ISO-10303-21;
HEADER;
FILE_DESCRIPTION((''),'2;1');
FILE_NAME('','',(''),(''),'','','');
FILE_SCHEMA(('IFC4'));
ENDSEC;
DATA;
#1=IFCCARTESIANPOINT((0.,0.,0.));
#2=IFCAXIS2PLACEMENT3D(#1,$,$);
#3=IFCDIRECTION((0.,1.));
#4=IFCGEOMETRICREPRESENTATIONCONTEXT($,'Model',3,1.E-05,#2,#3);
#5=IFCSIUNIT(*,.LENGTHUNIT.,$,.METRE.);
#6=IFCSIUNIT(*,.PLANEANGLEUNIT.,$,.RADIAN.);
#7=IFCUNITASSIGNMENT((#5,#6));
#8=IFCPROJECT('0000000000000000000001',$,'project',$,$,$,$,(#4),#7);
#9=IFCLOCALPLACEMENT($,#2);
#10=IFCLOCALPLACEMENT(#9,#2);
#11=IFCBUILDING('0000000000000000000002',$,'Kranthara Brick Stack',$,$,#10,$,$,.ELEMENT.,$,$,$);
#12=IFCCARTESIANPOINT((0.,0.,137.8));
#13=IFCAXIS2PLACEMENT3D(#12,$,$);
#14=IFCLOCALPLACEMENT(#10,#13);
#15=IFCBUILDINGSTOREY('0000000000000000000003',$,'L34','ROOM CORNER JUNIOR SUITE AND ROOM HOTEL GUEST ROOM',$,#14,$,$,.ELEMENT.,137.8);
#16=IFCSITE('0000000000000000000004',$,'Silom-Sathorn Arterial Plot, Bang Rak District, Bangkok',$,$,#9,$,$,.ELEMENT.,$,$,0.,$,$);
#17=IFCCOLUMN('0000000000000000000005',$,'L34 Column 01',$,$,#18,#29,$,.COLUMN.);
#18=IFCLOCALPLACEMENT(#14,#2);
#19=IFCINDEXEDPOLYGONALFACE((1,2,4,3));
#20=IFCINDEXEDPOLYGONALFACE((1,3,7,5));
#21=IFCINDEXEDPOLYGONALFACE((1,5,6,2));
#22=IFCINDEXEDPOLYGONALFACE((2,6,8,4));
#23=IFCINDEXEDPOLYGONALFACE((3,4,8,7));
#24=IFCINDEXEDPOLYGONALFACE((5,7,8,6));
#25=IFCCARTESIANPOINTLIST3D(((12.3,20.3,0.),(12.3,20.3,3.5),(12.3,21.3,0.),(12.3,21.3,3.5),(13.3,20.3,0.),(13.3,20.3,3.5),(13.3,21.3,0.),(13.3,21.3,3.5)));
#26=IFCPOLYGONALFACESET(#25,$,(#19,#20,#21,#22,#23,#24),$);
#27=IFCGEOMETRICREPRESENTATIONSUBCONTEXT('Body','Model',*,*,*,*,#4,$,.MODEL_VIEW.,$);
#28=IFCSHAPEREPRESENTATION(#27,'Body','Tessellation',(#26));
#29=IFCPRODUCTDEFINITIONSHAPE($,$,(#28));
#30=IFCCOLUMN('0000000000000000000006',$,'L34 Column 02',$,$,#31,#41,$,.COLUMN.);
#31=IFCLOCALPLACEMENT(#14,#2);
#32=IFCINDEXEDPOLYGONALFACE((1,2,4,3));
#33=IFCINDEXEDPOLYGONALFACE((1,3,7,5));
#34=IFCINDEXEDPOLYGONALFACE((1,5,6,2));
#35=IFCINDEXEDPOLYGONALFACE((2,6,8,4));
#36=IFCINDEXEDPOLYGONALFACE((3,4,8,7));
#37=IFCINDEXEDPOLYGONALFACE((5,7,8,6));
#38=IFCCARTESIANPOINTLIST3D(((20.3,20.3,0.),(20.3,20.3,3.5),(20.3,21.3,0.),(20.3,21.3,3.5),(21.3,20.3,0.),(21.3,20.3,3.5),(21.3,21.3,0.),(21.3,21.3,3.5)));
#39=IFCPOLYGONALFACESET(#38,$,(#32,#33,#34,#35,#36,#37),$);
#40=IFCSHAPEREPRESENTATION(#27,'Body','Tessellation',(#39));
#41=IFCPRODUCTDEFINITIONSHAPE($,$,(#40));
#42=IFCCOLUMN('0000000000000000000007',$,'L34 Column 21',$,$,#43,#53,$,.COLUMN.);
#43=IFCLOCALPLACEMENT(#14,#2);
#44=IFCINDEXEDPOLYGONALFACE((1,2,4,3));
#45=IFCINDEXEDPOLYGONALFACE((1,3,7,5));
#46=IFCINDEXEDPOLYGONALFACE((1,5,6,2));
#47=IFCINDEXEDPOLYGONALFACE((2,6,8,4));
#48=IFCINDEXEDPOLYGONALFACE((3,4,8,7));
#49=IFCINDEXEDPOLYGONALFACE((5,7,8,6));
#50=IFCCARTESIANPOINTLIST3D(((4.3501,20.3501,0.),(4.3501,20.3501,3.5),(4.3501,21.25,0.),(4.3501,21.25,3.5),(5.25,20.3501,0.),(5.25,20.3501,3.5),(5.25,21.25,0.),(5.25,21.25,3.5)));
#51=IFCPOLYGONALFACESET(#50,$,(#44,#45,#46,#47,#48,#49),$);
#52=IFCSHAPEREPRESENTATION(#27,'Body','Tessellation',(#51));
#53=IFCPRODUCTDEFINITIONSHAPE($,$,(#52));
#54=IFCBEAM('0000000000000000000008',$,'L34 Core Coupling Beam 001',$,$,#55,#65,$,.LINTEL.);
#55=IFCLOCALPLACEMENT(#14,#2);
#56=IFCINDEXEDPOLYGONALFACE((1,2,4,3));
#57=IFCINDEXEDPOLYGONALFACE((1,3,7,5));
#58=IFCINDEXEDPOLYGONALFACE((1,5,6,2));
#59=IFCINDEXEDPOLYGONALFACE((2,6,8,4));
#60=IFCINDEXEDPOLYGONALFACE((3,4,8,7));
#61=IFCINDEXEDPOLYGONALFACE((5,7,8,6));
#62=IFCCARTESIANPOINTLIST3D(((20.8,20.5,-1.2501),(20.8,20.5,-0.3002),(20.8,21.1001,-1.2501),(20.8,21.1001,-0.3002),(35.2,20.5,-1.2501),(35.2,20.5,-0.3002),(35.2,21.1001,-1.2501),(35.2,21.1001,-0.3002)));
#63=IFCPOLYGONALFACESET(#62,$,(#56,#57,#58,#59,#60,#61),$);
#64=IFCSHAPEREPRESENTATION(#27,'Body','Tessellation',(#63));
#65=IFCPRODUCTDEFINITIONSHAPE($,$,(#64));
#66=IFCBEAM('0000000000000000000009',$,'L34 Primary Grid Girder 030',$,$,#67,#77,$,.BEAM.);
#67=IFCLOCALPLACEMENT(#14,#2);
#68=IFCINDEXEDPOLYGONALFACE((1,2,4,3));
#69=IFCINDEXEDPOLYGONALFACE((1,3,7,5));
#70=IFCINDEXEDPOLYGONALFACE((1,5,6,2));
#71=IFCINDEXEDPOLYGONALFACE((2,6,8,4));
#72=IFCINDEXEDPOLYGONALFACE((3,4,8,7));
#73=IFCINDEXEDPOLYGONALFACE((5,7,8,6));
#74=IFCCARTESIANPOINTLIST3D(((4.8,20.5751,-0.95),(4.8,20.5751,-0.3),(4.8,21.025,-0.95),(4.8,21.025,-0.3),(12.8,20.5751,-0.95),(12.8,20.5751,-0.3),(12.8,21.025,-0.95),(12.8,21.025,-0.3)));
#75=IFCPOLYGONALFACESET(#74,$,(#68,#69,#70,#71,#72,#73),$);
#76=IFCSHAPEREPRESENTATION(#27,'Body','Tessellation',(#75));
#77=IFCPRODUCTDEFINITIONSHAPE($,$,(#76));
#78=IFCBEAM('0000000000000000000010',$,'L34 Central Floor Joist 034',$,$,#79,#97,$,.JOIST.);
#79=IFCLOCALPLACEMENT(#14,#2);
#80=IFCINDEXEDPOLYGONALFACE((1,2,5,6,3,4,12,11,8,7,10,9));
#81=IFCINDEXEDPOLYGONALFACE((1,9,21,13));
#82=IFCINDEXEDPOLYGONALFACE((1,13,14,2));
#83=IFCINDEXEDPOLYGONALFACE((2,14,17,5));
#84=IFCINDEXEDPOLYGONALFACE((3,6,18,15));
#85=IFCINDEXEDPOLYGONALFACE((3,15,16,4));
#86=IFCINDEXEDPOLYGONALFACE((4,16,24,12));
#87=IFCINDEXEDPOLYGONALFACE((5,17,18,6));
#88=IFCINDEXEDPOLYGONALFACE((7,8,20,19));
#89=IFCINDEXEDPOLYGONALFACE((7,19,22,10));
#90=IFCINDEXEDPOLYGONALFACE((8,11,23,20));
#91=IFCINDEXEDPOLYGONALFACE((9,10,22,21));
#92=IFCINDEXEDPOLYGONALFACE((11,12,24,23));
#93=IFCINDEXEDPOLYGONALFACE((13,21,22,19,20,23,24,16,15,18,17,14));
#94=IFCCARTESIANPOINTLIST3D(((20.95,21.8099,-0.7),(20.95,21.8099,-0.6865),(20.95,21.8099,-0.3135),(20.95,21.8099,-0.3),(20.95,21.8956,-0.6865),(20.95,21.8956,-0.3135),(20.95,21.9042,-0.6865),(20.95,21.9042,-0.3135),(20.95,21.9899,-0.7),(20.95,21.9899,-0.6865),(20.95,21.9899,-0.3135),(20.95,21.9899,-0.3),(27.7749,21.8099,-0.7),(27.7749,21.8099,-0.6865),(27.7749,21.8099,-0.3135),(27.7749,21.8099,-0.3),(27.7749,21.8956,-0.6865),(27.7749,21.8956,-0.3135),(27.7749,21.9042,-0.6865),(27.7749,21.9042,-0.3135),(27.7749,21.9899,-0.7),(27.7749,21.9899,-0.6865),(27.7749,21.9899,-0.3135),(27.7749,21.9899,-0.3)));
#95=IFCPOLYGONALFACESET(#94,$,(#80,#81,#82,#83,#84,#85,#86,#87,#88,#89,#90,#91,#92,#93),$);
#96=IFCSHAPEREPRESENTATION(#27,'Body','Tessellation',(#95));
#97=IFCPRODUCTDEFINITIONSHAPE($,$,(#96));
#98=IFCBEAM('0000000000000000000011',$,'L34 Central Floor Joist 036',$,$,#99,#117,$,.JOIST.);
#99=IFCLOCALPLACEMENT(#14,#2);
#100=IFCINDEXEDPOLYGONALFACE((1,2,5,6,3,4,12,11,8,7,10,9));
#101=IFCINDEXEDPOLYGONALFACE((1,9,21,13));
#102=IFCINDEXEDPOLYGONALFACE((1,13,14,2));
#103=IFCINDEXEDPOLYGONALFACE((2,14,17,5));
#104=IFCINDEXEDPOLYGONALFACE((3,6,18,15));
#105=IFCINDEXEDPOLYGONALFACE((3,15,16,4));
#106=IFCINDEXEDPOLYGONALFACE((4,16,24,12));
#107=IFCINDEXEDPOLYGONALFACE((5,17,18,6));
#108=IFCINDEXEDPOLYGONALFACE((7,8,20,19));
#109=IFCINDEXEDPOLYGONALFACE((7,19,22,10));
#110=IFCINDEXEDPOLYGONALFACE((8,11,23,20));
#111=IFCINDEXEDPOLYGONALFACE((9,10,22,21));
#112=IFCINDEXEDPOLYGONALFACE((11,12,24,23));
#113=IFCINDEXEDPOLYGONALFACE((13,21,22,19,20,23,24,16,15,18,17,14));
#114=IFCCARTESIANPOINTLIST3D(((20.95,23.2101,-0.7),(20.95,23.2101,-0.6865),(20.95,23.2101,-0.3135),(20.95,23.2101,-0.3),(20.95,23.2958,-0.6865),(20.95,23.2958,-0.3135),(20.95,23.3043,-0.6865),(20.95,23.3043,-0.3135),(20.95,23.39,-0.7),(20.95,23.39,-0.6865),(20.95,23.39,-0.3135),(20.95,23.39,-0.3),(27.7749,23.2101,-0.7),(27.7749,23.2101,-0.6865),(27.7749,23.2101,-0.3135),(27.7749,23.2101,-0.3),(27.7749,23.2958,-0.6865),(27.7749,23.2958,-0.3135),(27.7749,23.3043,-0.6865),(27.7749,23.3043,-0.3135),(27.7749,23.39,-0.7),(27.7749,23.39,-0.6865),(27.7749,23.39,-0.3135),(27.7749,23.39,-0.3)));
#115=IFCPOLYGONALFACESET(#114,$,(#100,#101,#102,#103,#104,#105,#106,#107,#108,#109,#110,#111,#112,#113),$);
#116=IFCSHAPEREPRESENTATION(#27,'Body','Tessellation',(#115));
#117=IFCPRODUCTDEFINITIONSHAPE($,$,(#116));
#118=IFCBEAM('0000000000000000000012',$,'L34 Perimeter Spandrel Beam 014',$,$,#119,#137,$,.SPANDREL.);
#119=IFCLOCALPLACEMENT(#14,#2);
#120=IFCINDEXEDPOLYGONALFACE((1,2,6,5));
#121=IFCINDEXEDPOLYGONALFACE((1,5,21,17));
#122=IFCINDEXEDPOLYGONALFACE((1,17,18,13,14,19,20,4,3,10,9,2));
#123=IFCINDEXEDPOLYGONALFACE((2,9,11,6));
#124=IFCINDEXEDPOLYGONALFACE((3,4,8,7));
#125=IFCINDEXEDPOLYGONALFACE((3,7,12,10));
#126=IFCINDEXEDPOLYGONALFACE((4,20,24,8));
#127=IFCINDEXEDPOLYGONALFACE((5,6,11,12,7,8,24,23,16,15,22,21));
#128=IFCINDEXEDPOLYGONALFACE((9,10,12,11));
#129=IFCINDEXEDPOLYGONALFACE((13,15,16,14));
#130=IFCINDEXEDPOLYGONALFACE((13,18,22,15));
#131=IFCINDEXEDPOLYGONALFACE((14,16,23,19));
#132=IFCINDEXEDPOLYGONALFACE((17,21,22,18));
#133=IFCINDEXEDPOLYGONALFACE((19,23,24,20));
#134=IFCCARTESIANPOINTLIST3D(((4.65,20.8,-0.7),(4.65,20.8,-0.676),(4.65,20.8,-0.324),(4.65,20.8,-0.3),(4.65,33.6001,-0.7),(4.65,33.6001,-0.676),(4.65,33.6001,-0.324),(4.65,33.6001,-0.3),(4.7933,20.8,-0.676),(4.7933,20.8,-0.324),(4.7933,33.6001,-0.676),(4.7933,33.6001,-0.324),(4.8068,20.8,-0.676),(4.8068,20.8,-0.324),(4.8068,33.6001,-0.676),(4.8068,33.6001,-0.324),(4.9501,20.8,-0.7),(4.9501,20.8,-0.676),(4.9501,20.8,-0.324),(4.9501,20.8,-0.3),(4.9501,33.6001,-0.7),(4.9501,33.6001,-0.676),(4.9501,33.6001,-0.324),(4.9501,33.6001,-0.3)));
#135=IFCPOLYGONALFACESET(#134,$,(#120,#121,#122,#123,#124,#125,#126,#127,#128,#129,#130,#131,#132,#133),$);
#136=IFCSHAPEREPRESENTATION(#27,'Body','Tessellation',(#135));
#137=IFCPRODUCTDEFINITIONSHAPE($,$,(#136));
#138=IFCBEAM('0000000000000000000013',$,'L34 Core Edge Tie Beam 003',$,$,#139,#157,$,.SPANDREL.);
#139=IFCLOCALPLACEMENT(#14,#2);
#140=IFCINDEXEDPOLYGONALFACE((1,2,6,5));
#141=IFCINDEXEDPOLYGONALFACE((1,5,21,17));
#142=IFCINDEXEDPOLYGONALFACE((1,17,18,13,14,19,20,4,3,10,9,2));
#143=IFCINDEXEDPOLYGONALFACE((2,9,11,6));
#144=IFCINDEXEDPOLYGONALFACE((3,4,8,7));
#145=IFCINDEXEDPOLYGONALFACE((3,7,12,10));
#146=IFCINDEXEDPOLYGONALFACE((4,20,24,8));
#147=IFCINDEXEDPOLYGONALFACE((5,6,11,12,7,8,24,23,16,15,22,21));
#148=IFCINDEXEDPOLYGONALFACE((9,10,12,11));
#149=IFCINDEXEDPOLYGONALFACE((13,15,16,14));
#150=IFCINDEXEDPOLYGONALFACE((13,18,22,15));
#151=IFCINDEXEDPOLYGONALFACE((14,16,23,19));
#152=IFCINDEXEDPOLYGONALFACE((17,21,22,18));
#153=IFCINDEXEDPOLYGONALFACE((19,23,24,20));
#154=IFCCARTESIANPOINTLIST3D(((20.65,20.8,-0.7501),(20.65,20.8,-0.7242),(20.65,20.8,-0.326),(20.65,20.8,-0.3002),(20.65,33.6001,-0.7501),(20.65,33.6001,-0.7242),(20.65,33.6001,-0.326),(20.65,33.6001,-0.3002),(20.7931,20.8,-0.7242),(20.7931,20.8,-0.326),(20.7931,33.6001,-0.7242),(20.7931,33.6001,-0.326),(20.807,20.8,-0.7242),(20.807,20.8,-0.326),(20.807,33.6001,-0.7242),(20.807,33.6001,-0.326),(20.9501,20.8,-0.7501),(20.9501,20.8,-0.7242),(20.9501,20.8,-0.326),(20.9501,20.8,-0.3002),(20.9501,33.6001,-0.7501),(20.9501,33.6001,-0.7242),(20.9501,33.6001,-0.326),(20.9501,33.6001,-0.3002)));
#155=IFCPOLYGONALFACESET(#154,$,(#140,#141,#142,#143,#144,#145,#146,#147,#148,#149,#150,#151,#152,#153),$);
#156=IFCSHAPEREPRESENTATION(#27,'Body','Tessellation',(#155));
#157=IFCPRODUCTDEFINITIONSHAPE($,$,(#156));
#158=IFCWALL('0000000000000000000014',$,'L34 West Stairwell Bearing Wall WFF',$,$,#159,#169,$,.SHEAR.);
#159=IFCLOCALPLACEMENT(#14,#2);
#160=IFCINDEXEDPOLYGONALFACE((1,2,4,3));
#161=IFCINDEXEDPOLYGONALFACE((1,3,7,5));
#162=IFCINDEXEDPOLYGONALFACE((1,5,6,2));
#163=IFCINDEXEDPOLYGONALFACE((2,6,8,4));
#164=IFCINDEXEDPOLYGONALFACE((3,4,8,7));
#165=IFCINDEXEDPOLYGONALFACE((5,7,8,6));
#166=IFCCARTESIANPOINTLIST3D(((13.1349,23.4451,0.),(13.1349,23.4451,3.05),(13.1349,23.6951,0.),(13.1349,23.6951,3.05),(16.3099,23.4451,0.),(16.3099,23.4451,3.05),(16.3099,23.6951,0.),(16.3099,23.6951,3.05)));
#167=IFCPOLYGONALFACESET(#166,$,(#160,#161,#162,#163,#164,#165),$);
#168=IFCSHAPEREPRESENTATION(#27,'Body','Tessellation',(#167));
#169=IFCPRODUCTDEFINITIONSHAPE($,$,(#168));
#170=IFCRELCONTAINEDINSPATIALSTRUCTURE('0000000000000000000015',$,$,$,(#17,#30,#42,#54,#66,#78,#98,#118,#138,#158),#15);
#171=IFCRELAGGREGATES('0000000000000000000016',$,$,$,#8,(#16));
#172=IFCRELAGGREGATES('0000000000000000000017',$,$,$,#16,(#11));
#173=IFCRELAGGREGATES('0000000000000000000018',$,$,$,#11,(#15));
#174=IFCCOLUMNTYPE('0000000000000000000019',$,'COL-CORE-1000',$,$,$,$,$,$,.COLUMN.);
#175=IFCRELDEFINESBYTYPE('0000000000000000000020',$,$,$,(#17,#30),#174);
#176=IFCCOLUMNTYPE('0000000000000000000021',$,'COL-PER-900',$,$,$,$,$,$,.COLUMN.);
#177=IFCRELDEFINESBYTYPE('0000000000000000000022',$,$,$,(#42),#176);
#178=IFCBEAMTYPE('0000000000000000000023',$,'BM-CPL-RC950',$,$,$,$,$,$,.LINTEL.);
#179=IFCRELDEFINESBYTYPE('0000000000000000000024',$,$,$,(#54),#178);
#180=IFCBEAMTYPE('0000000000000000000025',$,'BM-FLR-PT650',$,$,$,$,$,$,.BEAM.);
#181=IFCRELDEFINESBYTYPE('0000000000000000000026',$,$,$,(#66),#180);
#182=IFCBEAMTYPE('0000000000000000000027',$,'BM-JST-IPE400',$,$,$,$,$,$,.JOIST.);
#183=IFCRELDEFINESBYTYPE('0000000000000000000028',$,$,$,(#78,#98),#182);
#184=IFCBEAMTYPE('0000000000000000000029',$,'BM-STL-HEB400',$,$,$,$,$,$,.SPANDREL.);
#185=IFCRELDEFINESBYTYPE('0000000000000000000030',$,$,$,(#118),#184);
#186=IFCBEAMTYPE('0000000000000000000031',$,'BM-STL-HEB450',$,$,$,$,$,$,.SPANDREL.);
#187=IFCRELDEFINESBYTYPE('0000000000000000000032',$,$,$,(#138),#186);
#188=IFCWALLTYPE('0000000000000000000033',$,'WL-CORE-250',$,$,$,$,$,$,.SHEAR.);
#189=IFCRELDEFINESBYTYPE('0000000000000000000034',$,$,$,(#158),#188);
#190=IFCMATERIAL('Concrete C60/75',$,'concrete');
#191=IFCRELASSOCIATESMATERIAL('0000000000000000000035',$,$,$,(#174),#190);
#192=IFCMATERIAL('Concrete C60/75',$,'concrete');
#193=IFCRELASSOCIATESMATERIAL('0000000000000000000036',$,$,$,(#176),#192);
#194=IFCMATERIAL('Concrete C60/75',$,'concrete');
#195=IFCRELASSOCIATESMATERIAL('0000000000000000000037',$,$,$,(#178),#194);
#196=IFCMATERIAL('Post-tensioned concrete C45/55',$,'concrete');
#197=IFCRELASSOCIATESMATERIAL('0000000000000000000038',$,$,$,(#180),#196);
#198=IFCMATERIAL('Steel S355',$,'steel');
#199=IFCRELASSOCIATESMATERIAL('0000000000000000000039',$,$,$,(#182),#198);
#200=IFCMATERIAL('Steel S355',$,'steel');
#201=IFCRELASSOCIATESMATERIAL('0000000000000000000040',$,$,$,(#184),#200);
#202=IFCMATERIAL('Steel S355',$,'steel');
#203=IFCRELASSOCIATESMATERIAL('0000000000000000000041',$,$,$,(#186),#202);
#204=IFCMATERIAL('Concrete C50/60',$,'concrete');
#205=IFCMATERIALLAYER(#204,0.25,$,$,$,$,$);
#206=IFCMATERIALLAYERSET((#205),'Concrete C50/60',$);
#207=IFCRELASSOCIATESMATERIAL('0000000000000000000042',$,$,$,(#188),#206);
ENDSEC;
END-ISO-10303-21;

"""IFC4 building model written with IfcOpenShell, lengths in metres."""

from ifc_helpers import new_model, si_unit, direction, frame, frame_2d, origin, origin_2d, place, context, subcontext, project, spatial, rectangle, i_section, extrude, material, layer, layer_set, material_profile, profile_set, type_object, element, save


model = new_model("IFC4")

# Units and contexts
model_context = context("Model", 3, precision=1e-05, world=origin(), true_north=direction((0.0, 1.0)))
body_context = subcontext(model_context, "Body", "Model", "MODEL_VIEW")
ifc_project = project(units=[si_unit("LENGTHUNIT", "METRE"), si_unit("PLANEANGLEUNIT", "RADIAN")], contexts=[model_context])

# Site, building, storey
site_placement = place(None, origin())
site = spatial("IfcSite", under=ifc_project, at=site_placement, Name="Silom-Sathorn Arterial Plot, Bang Rak District, Bangkok", CompositionType="ELEMENT", RefElevation=0.0)
building_placement = place(site_placement, origin())
building = spatial("IfcBuilding", under=site, at=building_placement, Name="Kranthara Brick Stack", CompositionType="ELEMENT")
storey_placement = place(building_placement, frame((0.0, 0.0, 137.8)))
storey = spatial("IfcBuildingStorey", under=building, at=storey_placement, Name="L34", Description="ROOM CORNER JUNIOR SUITE AND ROOM HOTEL GUEST ROOM", CompositionType="ELEMENT", Elevation=137.8)

# Columns
ifc_material_1 = material(Name="Concrete C60/75", Category="concrete")
ifc_material_profile_1 = material_profile(ifc_material_1, rectangle(XDim=1.0, YDim=1.0, at=origin_2d()), Name="RC 1000x1000")
ifc_profile_set_1 = profile_set([ifc_material_profile_1], Name="Concrete C60/75")
column_type_1 = type_object("IfcColumnType", Name="COL-CORE-1000", PredefinedType="COLUMN", material=ifc_profile_set_1)
for number, where, z_axis, x_axis, name in (
    (1, (12.8, 20.8, 0.0), (0.0, 0.0, 1.0), (1.0, 0.0, 0.0), "L34 Column 01"),
    (2, (20.8, 20.8, 0.0), (0.0, 0.0, 1.0), (1.0, 0.0, 0.0), "L34 Column 02"),
):
    element("IfcColumn", number, at=place(storey_placement, frame(where, z_axis=z_axis, x_axis=x_axis)), inside=storey, type_object=column_type_1, Name=name, PredefinedType="COLUMN", context=body_context, shape_type="SweptSolid", body=[
        extrude(rectangle(XDim=1.0, YDim=1.0, at=origin_2d()), origin(), (0.0, 0.0, 1.0), 3.5),
    ])
ifc_material_2 = material(Name="Concrete C60/75", Category="concrete")
ifc_material_profile_2 = material_profile(ifc_material_2, rectangle(XDim=0.8999, YDim=0.8999, at=origin_2d()), Name="RC 900x900")
ifc_profile_set_2 = profile_set([ifc_material_profile_2], Name="Concrete C60/75")
column_type_2 = type_object("IfcColumnType", Name="COL-PER-900", PredefinedType="COLUMN", material=ifc_profile_set_2)
column_placement = place(storey_placement, frame((4.8, 20.8, 0.0), z_axis=(0.0, 0.0, 1.0), x_axis=(1.0, 0.0, 0.0)))
element("IfcColumn", 3, at=column_placement, inside=storey, type_object=column_type_2, Name="L34 Column 21", PredefinedType="COLUMN", context=body_context, shape_type="SweptSolid", body=[
    extrude(rectangle(XDim=0.8999, YDim=0.8999, at=origin_2d()), origin(), (0.0, 0.0, 1.0), 3.5),
])

# Beams
ifc_material_3 = material(Name="Concrete C60/75", Category="concrete")
ifc_material_profile_3 = material_profile(ifc_material_3, rectangle(XDim=0.6001, YDim=0.95, at=origin_2d()), Name="RC 600x950")
ifc_profile_set_3 = profile_set([ifc_material_profile_3], Name="Concrete C60/75")
beam_type_1 = type_object("IfcBeamType", Name="BM-CPL-RC950", PredefinedType="LINTEL", material=ifc_profile_set_3)
beam_1_placement = place(storey_placement, frame((20.8, 20.8, -0.7751), z_axis=(1.0, 0.0, 0.0), x_axis=(0.0, 1.0, 0.0)))
element("IfcBeam", 4, at=beam_1_placement, inside=storey, type_object=beam_type_1, Name="L34 Core Coupling Beam 001", PredefinedType="LINTEL", context=body_context, shape_type="SweptSolid", body=[
    extrude(rectangle(XDim=0.6001, YDim=0.95, at=origin_2d()), origin(), (0.0, 0.0, 1.0), 14.3999),
])
ifc_material_4 = material(Name="Post-tensioned concrete C45/55", Category="concrete")
ifc_material_profile_4 = material_profile(ifc_material_4, rectangle(XDim=0.45, YDim=0.6499, at=origin_2d()), Name="PT 450x650")
ifc_profile_set_4 = profile_set([ifc_material_profile_4], Name="Post-tensioned concrete C45/55")
beam_type_2 = type_object("IfcBeamType", Name="BM-FLR-PT650", PredefinedType="BEAM", material=ifc_profile_set_4)
beam_2_placement = place(storey_placement, frame((4.8, 20.8, -0.625), z_axis=(1.0, 0.0, 0.0), x_axis=(0.0, 1.0, 0.0)))
element("IfcBeam", 5, at=beam_2_placement, inside=storey, type_object=beam_type_2, Name="L34 Primary Grid Girder 030", PredefinedType="BEAM", context=body_context, shape_type="SweptSolid", body=[
    extrude(rectangle(XDim=0.45, YDim=0.6499, at=origin_2d()), origin(), (0.0, 0.0, 1.0), 8.0),
])
ifc_material_5 = material(Name="Steel S355", Category="steel")
ifc_material_profile_5 = material_profile(ifc_material_5, i_section(OverallWidth=0.1799, OverallDepth=0.3999, WebThickness=0.0085, FlangeThickness=0.0134, at=origin_2d()), Name="IPE 400")
ifc_profile_set_5 = profile_set([ifc_material_profile_5], Name="Steel S355")
beam_type_3 = type_object("IfcBeamType", Name="BM-JST-IPE400", PredefinedType="JOIST", material=ifc_profile_set_5)
for number, where, z_axis, x_axis, name in (
    (6, (20.95, 21.8999, -0.5), (1.0, 0.0, 0.0), (0.0, 1.0, 0.0), "L34 Central Floor Joist 034"),
    (7, (20.95, 23.3, -0.5), (1.0, 0.0, 0.0), (0.0, 1.0, 0.0), "L34 Central Floor Joist 036"),
):
    element("IfcBeam", number, at=place(storey_placement, frame(where, z_axis=z_axis, x_axis=x_axis)), inside=storey, type_object=beam_type_3, Name=name, PredefinedType="JOIST", context=body_context, shape_type="SweptSolid", body=[
        extrude(i_section(OverallWidth=0.1799, OverallDepth=0.3999, WebThickness=0.0085, FlangeThickness=0.0134, at=origin_2d()), origin(), (0.0, 0.0, 1.0), 6.825),
    ])
ifc_material_6 = material(Name="Steel S355", Category="steel")
ifc_material_profile_6 = material_profile(ifc_material_6, i_section(OverallWidth=0.3, OverallDepth=0.3999, WebThickness=0.0134, FlangeThickness=0.0239, at=origin_2d()), Name="HEB 400")
ifc_profile_set_6 = profile_set([ifc_material_profile_6], Name="Steel S355")
beam_type_4 = type_object("IfcBeamType", Name="BM-STL-HEB400", PredefinedType="SPANDREL", material=ifc_profile_set_6)
beam_3_placement = place(storey_placement, frame((4.8, 20.8, -0.5), z_axis=(0.0, 1.0, 0.0), x_axis=(-1.0, 0.0, 0.0)))
element("IfcBeam", 8, at=beam_3_placement, inside=storey, type_object=beam_type_4, Name="L34 Perimeter Spandrel Beam 014", PredefinedType="SPANDREL", context=body_context, shape_type="SweptSolid", body=[
    extrude(i_section(OverallWidth=0.3, OverallDepth=0.3999, WebThickness=0.0134, FlangeThickness=0.0239, at=origin_2d()), origin(), (0.0, 0.0, 1.0), 12.8),
])
ifc_material_7 = material(Name="Steel S355", Category="steel")
ifc_material_profile_7 = material_profile(ifc_material_7, i_section(OverallWidth=0.3, OverallDepth=0.45, WebThickness=0.0139, FlangeThickness=0.0259, at=origin_2d()), Name="HEB 450")
ifc_profile_set_7 = profile_set([ifc_material_profile_7], Name="Steel S355")
beam_type_5 = type_object("IfcBeamType", Name="BM-STL-HEB450", PredefinedType="SPANDREL", material=ifc_profile_set_7)
beam_4_placement = place(storey_placement, frame((20.8, 20.8, -0.5251), z_axis=(0.0, 1.0, 0.0), x_axis=(-1.0, 0.0, 0.0)))
element("IfcBeam", 9, at=beam_4_placement, inside=storey, type_object=beam_type_5, Name="L34 Core Edge Tie Beam 003", PredefinedType="SPANDREL", context=body_context, shape_type="SweptSolid", body=[
    extrude(i_section(OverallWidth=0.3, OverallDepth=0.45, WebThickness=0.0139, FlangeThickness=0.0259, at=origin_2d()), origin(), (0.0, 0.0, 1.0), 12.8),
])

# Shared definitions
ifc_material_8 = material(Name="Concrete C50/60", Category="concrete")
ifc_layer_1 = layer(ifc_material_8, 0.25)
ifc_layer_set_1 = layer_set([ifc_layer_1], Name="Concrete C50/60")
wall_type_1 = type_object("IfcWallType", Name="WL-CORE-250", PredefinedType="SHEAR", material=ifc_layer_set_1)

# Wall
wall_1_placement = place(storey_placement, frame((13.135, 23.5701, 0.0), z_axis=(0.0, 0.0, 1.0), x_axis=(1.0, 0.0, 0.0)))
element("IfcWall", 10, at=wall_1_placement, inside=storey, type_object=wall_type_1, Name="L34 West Stairwell Bearing Wall WFF", PredefinedType="SHEAR", context=body_context, shape_type="SweptSolid", body=[
    extrude(rectangle(XDim=3.175, YDim=0.25, at=frame_2d((1.5874, 0.0))), origin(), (0.0, 0.0, 1.0), 3.05),
])

save(model, "model.ifc")
